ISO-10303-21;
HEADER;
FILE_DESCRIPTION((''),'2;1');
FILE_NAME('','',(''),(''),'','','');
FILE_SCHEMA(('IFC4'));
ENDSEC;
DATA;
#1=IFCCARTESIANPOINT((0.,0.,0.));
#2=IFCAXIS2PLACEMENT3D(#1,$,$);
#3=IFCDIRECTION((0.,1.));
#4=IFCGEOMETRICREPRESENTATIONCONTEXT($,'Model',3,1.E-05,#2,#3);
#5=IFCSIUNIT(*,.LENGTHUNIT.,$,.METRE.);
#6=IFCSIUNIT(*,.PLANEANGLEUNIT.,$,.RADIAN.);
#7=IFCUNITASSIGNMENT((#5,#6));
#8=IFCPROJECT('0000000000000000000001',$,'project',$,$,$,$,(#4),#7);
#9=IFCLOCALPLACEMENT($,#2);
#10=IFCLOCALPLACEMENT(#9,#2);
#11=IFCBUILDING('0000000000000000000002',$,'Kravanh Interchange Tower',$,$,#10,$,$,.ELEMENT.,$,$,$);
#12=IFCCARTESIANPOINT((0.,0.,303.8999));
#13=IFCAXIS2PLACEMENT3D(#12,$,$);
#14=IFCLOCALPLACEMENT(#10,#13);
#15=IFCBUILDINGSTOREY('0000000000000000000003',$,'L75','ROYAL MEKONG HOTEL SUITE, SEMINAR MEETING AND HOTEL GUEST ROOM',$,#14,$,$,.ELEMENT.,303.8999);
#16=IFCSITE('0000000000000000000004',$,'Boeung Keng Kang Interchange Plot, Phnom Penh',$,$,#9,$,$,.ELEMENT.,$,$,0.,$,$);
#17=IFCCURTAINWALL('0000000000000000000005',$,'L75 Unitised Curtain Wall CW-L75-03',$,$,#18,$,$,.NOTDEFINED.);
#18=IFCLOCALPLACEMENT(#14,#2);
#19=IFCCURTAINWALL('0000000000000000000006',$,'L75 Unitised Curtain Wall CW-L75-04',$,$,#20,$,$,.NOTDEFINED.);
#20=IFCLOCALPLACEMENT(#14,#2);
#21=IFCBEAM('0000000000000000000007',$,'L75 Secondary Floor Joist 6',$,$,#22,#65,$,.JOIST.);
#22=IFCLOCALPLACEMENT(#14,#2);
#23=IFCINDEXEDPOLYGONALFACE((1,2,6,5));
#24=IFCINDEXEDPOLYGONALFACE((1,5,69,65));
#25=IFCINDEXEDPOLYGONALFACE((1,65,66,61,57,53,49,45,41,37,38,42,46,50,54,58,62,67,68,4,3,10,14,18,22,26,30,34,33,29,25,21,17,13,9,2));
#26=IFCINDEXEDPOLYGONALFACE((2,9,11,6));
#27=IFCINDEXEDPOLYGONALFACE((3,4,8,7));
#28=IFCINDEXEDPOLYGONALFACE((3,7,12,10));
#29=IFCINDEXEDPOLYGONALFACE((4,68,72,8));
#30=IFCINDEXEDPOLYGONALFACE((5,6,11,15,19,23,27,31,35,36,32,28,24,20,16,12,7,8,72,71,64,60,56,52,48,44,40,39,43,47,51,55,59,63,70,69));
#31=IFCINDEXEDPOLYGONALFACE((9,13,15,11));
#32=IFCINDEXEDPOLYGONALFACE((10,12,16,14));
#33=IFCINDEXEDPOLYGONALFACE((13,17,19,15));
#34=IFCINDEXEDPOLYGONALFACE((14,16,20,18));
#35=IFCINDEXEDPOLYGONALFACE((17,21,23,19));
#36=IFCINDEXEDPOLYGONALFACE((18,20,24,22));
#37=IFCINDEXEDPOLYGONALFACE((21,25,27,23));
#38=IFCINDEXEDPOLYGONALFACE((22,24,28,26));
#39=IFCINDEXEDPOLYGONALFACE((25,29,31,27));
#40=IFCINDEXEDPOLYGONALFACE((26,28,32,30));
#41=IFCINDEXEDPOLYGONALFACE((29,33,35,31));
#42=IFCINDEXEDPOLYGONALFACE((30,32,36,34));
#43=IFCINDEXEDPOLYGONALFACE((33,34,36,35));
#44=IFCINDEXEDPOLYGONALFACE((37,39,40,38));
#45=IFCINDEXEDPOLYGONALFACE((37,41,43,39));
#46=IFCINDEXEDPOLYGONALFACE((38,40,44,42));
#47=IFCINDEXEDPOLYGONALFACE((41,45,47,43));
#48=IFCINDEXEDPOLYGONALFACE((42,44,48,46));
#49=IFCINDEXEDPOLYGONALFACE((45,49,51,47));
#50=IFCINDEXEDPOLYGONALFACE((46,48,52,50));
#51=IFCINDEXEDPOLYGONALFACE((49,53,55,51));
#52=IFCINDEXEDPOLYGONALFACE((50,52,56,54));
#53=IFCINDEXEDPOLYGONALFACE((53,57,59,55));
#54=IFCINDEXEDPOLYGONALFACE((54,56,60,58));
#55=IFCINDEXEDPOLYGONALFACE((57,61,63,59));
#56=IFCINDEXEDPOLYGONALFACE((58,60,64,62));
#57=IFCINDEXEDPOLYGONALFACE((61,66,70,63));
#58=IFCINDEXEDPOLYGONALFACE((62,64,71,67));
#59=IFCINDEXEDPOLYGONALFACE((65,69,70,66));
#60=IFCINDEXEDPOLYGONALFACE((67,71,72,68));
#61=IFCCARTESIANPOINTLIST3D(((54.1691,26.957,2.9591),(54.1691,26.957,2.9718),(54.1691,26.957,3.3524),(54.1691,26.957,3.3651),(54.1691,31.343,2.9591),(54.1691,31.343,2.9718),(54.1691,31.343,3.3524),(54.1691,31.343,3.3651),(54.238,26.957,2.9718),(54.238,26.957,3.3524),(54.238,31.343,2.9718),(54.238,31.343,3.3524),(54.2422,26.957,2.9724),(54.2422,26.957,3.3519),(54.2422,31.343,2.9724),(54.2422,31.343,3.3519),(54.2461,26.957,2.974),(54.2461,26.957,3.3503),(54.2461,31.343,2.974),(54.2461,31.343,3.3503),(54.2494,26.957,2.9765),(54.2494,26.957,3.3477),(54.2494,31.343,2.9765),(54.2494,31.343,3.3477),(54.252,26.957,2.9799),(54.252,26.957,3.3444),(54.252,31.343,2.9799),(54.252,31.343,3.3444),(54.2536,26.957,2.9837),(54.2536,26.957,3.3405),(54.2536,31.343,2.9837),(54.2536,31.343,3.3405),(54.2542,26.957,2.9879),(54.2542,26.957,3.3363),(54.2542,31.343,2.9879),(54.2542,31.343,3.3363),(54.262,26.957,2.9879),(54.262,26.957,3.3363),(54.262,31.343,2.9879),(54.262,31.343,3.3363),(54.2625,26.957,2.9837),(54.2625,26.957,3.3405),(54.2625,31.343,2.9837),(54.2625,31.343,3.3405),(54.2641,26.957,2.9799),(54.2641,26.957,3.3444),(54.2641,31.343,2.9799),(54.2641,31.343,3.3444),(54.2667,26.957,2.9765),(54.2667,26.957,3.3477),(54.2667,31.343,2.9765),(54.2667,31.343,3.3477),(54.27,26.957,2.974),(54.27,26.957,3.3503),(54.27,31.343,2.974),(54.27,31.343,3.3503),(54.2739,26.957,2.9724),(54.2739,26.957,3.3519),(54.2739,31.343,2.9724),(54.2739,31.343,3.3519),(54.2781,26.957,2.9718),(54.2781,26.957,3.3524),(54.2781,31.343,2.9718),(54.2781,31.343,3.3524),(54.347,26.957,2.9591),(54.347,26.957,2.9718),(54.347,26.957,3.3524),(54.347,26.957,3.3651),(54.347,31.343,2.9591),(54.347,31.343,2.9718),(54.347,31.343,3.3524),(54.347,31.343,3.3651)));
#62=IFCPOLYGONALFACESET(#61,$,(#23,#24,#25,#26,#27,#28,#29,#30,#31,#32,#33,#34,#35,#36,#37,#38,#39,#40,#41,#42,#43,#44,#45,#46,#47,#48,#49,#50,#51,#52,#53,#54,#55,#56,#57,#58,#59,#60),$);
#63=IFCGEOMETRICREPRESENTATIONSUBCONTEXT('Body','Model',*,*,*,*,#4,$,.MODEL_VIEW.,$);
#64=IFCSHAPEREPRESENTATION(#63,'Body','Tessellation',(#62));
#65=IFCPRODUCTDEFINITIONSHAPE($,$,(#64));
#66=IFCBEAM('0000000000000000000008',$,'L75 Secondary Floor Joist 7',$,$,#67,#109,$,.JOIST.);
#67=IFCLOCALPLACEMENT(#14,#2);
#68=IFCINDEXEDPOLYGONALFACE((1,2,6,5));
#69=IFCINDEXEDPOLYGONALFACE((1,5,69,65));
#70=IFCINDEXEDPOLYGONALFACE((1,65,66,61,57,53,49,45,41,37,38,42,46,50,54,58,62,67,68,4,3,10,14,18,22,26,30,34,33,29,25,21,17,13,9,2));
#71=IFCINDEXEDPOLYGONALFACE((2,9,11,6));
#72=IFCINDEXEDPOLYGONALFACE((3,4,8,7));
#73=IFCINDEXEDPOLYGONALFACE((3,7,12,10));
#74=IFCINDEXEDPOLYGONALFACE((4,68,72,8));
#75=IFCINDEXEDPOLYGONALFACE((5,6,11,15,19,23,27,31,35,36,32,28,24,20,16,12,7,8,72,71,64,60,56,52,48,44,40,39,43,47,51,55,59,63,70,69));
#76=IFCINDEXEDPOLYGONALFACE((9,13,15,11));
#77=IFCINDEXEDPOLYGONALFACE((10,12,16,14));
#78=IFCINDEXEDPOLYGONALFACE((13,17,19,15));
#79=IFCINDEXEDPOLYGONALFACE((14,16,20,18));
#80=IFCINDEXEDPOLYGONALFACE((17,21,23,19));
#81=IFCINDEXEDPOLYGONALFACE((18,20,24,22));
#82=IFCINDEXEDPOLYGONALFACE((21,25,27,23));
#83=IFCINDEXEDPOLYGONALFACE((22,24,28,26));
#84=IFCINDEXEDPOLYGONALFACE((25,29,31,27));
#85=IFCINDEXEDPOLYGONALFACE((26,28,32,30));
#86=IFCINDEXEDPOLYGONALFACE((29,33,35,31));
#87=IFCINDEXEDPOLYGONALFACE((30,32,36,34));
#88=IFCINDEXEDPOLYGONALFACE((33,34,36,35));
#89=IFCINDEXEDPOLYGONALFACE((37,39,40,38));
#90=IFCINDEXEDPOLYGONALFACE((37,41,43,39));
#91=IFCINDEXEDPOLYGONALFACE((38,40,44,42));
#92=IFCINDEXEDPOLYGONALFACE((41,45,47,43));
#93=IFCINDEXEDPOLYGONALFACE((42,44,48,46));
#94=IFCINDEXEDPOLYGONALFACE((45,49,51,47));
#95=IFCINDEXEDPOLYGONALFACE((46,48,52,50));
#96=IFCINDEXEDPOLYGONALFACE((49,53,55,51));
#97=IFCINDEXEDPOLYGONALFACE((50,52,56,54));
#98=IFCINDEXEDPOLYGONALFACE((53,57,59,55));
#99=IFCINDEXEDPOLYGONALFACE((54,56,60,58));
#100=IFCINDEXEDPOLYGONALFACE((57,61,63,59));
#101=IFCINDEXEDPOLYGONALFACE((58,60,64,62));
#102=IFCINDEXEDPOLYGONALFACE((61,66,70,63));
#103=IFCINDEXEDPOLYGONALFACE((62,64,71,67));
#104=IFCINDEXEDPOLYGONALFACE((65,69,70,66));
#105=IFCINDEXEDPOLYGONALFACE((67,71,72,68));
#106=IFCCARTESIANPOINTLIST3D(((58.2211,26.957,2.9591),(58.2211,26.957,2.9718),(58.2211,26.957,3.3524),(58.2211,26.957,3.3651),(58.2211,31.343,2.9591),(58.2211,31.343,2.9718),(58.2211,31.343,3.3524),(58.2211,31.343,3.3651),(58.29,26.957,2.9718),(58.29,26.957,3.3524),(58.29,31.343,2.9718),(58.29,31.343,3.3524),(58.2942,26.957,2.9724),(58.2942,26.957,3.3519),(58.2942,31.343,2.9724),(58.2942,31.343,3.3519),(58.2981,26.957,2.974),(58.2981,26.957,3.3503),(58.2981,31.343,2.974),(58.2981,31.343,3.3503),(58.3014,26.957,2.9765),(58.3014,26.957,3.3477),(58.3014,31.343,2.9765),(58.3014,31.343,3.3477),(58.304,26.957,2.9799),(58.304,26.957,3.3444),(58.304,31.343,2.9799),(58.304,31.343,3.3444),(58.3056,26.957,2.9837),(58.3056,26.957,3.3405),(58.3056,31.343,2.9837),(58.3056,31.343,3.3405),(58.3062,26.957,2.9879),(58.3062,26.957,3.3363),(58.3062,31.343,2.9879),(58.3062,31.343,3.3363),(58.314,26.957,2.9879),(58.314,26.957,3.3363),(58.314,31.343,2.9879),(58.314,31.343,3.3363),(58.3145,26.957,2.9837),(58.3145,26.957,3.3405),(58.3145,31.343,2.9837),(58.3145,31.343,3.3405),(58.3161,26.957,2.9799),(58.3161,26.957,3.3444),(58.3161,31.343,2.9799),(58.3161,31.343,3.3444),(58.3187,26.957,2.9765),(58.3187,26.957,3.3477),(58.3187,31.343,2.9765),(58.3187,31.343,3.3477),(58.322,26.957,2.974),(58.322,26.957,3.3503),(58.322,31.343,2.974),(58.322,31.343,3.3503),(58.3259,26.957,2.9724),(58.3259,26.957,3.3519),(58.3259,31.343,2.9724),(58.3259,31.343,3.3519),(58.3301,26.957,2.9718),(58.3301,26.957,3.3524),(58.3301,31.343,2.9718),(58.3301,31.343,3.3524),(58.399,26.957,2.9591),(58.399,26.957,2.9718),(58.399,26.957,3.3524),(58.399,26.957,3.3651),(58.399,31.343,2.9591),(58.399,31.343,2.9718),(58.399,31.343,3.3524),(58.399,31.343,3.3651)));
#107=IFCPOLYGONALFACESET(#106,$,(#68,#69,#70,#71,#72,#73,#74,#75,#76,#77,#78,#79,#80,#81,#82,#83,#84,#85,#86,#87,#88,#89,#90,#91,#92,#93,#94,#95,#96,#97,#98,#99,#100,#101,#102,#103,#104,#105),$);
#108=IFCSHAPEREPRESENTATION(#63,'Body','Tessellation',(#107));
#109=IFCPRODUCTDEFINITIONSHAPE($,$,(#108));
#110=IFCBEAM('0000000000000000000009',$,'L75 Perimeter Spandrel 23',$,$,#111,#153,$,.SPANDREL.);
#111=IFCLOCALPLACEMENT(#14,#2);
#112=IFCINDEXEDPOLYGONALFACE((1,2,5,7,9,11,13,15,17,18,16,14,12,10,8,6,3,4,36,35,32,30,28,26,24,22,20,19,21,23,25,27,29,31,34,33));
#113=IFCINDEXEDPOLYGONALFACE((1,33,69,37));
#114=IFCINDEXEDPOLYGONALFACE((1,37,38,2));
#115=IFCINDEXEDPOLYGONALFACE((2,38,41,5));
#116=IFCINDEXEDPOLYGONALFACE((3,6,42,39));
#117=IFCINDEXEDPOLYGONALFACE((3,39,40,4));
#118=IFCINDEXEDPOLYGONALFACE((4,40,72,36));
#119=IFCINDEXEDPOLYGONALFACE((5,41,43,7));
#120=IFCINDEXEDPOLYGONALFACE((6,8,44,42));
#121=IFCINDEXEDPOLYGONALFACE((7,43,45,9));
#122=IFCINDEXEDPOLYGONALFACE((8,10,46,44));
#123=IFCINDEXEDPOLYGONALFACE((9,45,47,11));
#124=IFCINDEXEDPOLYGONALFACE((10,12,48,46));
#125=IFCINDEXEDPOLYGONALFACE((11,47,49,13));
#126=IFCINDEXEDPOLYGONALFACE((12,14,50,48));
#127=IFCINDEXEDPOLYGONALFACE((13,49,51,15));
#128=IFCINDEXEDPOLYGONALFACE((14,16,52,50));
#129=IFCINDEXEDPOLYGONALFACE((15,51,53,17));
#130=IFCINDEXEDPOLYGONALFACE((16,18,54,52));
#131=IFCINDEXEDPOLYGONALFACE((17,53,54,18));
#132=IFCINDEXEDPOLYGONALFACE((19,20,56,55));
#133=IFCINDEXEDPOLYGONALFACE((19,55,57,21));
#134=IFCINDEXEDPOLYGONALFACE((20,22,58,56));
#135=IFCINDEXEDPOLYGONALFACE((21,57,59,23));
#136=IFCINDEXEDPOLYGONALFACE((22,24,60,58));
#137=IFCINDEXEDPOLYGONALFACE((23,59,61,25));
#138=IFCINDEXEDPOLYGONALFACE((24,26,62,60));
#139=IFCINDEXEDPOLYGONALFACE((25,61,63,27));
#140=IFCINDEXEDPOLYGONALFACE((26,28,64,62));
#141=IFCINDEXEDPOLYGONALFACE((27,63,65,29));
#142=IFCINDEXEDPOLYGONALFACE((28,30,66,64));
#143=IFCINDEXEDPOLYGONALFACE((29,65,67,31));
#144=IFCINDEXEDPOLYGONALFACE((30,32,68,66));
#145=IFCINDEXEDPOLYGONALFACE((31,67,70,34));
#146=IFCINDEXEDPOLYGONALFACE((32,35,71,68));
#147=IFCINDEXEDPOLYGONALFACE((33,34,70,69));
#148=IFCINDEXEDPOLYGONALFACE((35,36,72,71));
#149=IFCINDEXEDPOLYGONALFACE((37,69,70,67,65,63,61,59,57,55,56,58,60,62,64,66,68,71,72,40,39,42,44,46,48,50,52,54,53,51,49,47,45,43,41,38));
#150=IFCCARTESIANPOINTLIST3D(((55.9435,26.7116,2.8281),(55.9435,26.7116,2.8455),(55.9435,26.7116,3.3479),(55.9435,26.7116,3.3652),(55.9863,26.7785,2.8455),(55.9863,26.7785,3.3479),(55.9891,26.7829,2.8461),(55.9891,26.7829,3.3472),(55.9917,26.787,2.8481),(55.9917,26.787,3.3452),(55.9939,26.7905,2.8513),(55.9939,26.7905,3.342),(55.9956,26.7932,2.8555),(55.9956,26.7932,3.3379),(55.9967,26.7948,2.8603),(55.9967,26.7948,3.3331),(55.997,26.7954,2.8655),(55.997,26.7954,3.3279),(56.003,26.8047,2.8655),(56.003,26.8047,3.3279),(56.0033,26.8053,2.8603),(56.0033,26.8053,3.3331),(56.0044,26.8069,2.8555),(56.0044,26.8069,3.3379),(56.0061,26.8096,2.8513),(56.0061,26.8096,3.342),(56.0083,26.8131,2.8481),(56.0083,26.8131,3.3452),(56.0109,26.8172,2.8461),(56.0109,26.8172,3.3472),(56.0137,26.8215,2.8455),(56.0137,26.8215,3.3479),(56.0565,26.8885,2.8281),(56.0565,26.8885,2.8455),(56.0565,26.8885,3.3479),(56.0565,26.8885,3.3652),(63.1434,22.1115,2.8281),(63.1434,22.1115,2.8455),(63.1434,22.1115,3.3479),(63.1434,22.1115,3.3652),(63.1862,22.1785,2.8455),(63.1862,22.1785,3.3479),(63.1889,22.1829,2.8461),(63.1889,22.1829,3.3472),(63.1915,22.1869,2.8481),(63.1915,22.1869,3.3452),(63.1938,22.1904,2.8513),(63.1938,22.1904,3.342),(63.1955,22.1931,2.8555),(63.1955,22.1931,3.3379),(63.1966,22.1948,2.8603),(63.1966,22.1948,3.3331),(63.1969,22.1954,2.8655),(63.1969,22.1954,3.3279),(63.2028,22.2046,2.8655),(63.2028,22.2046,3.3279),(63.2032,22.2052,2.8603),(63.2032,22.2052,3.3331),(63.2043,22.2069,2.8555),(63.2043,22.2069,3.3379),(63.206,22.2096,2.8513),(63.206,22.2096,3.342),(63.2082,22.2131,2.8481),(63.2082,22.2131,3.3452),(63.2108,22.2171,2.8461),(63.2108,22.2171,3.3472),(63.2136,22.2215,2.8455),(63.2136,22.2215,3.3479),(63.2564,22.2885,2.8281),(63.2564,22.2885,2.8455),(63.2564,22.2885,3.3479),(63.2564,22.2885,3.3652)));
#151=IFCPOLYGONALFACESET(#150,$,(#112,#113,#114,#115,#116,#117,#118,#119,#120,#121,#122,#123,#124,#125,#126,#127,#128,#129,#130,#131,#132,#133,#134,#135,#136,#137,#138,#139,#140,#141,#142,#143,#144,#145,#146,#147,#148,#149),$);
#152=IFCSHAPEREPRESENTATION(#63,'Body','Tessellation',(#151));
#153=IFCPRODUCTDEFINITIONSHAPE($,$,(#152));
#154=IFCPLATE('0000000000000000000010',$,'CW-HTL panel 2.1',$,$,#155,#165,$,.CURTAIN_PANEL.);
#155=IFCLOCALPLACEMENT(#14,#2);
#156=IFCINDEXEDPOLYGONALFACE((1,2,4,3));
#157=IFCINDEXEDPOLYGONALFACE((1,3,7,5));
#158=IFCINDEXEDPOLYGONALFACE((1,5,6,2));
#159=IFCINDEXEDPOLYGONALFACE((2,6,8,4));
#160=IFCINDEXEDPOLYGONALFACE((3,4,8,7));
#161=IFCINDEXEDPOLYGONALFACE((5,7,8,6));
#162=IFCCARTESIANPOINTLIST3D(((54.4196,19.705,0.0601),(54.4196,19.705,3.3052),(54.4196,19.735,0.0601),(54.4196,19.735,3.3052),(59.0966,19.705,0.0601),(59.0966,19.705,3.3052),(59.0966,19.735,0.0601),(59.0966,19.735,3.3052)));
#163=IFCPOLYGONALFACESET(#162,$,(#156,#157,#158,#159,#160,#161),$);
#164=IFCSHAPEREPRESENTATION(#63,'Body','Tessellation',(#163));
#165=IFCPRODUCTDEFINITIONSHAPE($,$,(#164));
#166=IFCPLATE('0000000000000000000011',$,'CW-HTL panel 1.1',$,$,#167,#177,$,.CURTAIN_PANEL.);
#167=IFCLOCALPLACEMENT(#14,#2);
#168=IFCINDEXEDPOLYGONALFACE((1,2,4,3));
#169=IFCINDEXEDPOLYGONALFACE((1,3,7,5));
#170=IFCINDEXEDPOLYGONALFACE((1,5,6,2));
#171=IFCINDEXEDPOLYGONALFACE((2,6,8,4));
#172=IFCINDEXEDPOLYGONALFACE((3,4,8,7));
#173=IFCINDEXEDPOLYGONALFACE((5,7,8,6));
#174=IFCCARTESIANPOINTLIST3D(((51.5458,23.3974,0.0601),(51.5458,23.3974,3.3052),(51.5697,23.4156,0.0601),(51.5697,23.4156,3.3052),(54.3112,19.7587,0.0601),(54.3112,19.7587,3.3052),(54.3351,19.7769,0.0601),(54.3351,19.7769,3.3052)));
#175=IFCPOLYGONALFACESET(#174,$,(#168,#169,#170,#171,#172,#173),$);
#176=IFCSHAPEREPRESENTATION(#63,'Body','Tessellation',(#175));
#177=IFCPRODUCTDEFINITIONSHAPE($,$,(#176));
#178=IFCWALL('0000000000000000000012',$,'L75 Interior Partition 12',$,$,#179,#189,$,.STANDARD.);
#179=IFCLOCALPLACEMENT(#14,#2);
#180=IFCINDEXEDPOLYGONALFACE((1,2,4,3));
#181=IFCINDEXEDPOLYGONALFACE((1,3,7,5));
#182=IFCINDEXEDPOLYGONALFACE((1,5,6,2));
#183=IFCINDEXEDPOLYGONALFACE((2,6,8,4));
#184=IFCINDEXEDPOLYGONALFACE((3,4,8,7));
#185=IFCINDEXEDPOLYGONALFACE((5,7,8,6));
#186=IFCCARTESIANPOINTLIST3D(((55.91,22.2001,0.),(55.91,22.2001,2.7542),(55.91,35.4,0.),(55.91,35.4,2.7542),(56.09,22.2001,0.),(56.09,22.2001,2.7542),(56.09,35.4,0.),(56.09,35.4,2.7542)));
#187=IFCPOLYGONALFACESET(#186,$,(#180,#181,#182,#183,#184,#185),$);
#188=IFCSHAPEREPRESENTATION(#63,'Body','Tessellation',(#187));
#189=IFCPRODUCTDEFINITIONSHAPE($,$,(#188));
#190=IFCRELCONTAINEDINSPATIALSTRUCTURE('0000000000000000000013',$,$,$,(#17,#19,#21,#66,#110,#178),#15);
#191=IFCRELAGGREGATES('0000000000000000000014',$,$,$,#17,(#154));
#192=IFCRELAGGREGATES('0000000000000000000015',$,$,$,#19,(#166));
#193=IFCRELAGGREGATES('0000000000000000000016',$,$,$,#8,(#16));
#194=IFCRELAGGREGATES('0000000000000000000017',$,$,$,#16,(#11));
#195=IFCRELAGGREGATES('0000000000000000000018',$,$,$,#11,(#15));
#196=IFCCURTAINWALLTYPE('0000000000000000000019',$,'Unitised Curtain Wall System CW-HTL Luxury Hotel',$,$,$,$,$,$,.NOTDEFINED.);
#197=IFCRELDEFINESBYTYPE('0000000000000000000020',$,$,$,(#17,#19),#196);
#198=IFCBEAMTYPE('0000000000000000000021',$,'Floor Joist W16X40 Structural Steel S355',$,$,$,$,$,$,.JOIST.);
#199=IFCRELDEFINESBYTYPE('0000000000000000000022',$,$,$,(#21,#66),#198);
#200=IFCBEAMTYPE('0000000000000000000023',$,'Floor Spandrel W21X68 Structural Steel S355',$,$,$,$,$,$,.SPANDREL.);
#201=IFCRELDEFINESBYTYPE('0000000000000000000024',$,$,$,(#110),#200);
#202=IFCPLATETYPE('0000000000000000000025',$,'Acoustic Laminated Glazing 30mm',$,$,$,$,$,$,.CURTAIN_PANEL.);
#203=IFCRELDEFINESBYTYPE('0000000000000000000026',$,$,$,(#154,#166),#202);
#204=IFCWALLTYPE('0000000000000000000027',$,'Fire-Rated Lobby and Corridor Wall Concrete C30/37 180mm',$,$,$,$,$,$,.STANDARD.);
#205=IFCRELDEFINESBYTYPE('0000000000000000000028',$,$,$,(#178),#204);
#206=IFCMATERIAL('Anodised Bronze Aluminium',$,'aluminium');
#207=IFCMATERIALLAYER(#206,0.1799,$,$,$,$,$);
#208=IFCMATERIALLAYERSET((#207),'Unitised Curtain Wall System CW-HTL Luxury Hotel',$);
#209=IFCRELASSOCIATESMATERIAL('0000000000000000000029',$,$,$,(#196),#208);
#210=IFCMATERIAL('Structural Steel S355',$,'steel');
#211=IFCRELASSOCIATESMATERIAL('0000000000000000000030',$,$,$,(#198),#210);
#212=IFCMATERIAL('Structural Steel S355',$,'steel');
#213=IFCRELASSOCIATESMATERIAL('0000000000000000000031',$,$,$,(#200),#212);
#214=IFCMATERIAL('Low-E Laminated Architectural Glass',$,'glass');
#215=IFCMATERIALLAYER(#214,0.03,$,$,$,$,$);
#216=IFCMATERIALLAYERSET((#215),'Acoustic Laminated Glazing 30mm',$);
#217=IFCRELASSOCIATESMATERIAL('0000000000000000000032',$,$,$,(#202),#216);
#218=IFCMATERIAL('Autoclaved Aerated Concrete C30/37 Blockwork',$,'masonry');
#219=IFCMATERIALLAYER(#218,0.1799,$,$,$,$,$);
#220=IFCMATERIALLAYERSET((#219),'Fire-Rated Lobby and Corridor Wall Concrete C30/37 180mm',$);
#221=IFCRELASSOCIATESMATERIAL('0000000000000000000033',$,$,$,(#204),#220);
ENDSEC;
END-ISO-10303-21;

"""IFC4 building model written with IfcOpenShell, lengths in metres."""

from ifc_helpers import new_model, si_unit, direction, frame, frame_2d, origin, origin_2d, place, context, subcontext, project, spatial, rectangle, i_section, extrude, material, layer, layer_set, material_profile, profile_set, type_object, element, aggregate, save


model = new_model("IFC4")

# Units and contexts
model_context = context("Model", 3, precision=1e-05, world=origin(), true_north=direction((0.0, 1.0)))
body_context = subcontext(model_context, "Body", "Model", "MODEL_VIEW")
ifc_project = project(units=[si_unit("LENGTHUNIT", "METRE"), si_unit("PLANEANGLEUNIT", "RADIAN")], contexts=[model_context])

# Site, building, storey
site_placement = place(None, origin())
site = spatial("IfcSite", under=ifc_project, at=site_placement, Name="Boeung Keng Kang Interchange Plot, Phnom Penh", CompositionType="ELEMENT", RefElevation=0.0)
building_placement = place(site_placement, origin())
building = spatial("IfcBuilding", under=site, at=building_placement, Name="Kravanh Interchange Tower", CompositionType="ELEMENT")
storey_placement = place(building_placement, frame((0.0, 0.0, 303.8999)))
storey = spatial("IfcBuildingStorey", under=building, at=storey_placement, Name="L75", Description="ROYAL MEKONG HOTEL SUITE, SEMINAR MEETING AND HOTEL GUEST ROOM", CompositionType="ELEMENT", Elevation=303.8999)

# Curtain wall
ifc_material_1 = material(Name="Anodised Bronze Aluminium", Category="aluminium")
ifc_layer_1 = layer(ifc_material_1, 0.1799)
ifc_layer_set_1 = layer_set([ifc_layer_1], Name="Unitised Curtain Wall System CW-HTL Luxury Hotel")
curtain_wall_type = type_object("IfcCurtainWallType", Name="Unitised Curtain Wall System CW-HTL Luxury Hotel", PredefinedType="NOTDEFINED", material=ifc_layer_set_1)
curtain_wall_1_placement = place(storey_placement, origin())
curtain_wall_1 = element("IfcCurtainWall", 1, at=curtain_wall_1_placement, inside=storey, type_object=curtain_wall_type, Name="L75 Unitised Curtain Wall CW-L75-03", PredefinedType="NOTDEFINED")

# Curtain wall
curtain_wall_2_placement = place(storey_placement, origin())
curtain_wall_2 = element("IfcCurtainWall", 2, at=curtain_wall_2_placement, inside=storey, type_object=curtain_wall_type, Name="L75 Unitised Curtain Wall CW-L75-04", PredefinedType="NOTDEFINED")

# Beams
ifc_material_2 = material(Name="Structural Steel S355", Category="steel")
ifc_material_profile_1 = material_profile(ifc_material_2, i_section(OverallWidth=0.178, OverallDepth=0.406, WebThickness=0.0078, FlangeThickness=0.0127, FilletRadius=0.0161, at=origin_2d()), Name="W16X40")
ifc_profile_set_1 = profile_set([ifc_material_profile_1], Name="Structural Steel S355")
beam_type_1 = type_object("IfcBeamType", Name="Floor Joist W16X40 Structural Steel S355", PredefinedType="JOIST", material=ifc_profile_set_1)
for number, where, z_axis, x_axis, name in (
    (3, (54.2581, 26.957, 3.1621), (0.0, 1.0, 0.0), (-1.0, 0.0, 0.0), "L75 Secondary Floor Joist 6"),
    (4, (58.3101, 26.957, 3.1621), (0.0, 1.0, 0.0), (-1.0, 0.0, 0.0), "L75 Secondary Floor Joist 7"),
):
    element("IfcBeam", number, at=place(storey_placement, frame(where, z_axis=z_axis, x_axis=x_axis)), inside=storey, type_object=beam_type_1, Name=name, PredefinedType="JOIST", context=body_context, shape_type="SweptSolid", body=[
        extrude(i_section(OverallWidth=0.178, OverallDepth=0.406, WebThickness=0.0078, FlangeThickness=0.0127, FilletRadius=0.0161, at=origin_2d()), origin(), (0.0, 0.0, 1.0), 4.386),
    ])
ifc_material_3 = material(Name="Structural Steel S355", Category="steel")
ifc_material_profile_2 = material_profile(ifc_material_3, i_section(OverallWidth=0.21, OverallDepth=0.5371, WebThickness=0.011, FlangeThickness=0.0173, FilletRadius=0.02, at=origin_2d()), Name="W21X68")
ifc_profile_set_2 = profile_set([ifc_material_profile_2], Name="Structural Steel S355")
beam_type_2 = type_object("IfcBeamType", Name="Floor Spandrel W21X68 Structural Steel S355", PredefinedType="SPANDREL", material=ifc_profile_set_2)
beam_1_placement = place(storey_placement, frame((56.0, 26.8, 3.0967), z_axis=(0.842689, -0.5384, 0.0), x_axis=(0.5384, 0.842689, 0.0)))
element("IfcBeam", 5, at=beam_1_placement, inside=storey, type_object=beam_type_2, Name="L75 Perimeter Spandrel 23", PredefinedType="SPANDREL", context=body_context, shape_type="SweptSolid", body=[
    extrude(i_section(OverallWidth=0.21, OverallDepth=0.5371, WebThickness=0.011, FlangeThickness=0.0173, FilletRadius=0.02, at=origin_2d()), origin(), (0.0, 0.0, 1.0), 8.5439),
])

# Plates
ifc_material_4 = material(Name="Low-E Laminated Architectural Glass", Category="glass")
ifc_layer_2 = layer(ifc_material_4, 0.03)
ifc_layer_set_2 = layer_set([ifc_layer_2], Name="Acoustic Laminated Glazing 30mm")
plate_type = type_object("IfcPlateType", Name="Acoustic Laminated Glazing 30mm", PredefinedType="CURTAIN_PANEL", material=ifc_layer_set_2)
plate_1_placement = place(storey_placement, frame((56.7581, 19.72, 0.0601), z_axis=(0.0, 0.0, 1.0), x_axis=(-1.0, 0.0, 0.0)))
plate_1 = element("IfcPlate", 6, at=plate_1_placement, type_object=plate_type, Name="CW-HTL panel 2.1", PredefinedType="CURTAIN_PANEL", context=body_context, shape_type="SweptSolid", body=[
    extrude(rectangle(XDim=4.677, YDim=0.03, at=origin_2d()), origin(), (0.0, 0.0, 1.0), 3.2451),
])
aggregate(curtain_wall_1, [plate_1])
plate_2_placement = place(storey_placement, frame((52.9404, 21.5872, 0.0601), z_axis=(0.0, 0.0, 1.0), x_axis=(-0.605084, 0.796162, 0.0)))
plate_2 = element("IfcPlate", 7, at=plate_2_placement, type_object=plate_type, Name="CW-HTL panel 1.1", PredefinedType="CURTAIN_PANEL", context=body_context, shape_type="SweptSolid", body=[
    extrude(rectangle(XDim=4.5703, YDim=0.03, at=origin_2d()), origin(), (0.0, 0.0, 1.0), 3.2451),
])
aggregate(curtain_wall_2, [plate_2])

# Wall
ifc_material_5 = material(Name="Autoclaved Aerated Concrete C30/37 Blockwork", Category="masonry")
ifc_layer_3 = layer(ifc_material_5, 0.1799)
ifc_layer_set_3 = layer_set([ifc_layer_3], Name="Fire-Rated Lobby and Corridor Wall Concrete C30/37 180mm")
wall_type = type_object("IfcWallType", Name="Fire-Rated Lobby and Corridor Wall Concrete C30/37 180mm", PredefinedType="STANDARD", material=ifc_layer_set_3)
wall_1_placement = place(storey_placement, frame((56.0, 22.2, 0.0), z_axis=(0.0, 0.0, 1.0), x_axis=(0.0, 1.0, 0.0)))
element("IfcWall", 8, at=wall_1_placement, inside=storey, type_object=wall_type, Name="L75 Interior Partition 12", PredefinedType="STANDARD", context=body_context, shape_type="SweptSolid", body=[
    extrude(rectangle(XDim=13.2, YDim=0.1799, at=frame_2d((6.6001, 0.0))), origin(), (0.0, 0.0, 1.0), 2.7542),
])

save(model, "model.ifc")
